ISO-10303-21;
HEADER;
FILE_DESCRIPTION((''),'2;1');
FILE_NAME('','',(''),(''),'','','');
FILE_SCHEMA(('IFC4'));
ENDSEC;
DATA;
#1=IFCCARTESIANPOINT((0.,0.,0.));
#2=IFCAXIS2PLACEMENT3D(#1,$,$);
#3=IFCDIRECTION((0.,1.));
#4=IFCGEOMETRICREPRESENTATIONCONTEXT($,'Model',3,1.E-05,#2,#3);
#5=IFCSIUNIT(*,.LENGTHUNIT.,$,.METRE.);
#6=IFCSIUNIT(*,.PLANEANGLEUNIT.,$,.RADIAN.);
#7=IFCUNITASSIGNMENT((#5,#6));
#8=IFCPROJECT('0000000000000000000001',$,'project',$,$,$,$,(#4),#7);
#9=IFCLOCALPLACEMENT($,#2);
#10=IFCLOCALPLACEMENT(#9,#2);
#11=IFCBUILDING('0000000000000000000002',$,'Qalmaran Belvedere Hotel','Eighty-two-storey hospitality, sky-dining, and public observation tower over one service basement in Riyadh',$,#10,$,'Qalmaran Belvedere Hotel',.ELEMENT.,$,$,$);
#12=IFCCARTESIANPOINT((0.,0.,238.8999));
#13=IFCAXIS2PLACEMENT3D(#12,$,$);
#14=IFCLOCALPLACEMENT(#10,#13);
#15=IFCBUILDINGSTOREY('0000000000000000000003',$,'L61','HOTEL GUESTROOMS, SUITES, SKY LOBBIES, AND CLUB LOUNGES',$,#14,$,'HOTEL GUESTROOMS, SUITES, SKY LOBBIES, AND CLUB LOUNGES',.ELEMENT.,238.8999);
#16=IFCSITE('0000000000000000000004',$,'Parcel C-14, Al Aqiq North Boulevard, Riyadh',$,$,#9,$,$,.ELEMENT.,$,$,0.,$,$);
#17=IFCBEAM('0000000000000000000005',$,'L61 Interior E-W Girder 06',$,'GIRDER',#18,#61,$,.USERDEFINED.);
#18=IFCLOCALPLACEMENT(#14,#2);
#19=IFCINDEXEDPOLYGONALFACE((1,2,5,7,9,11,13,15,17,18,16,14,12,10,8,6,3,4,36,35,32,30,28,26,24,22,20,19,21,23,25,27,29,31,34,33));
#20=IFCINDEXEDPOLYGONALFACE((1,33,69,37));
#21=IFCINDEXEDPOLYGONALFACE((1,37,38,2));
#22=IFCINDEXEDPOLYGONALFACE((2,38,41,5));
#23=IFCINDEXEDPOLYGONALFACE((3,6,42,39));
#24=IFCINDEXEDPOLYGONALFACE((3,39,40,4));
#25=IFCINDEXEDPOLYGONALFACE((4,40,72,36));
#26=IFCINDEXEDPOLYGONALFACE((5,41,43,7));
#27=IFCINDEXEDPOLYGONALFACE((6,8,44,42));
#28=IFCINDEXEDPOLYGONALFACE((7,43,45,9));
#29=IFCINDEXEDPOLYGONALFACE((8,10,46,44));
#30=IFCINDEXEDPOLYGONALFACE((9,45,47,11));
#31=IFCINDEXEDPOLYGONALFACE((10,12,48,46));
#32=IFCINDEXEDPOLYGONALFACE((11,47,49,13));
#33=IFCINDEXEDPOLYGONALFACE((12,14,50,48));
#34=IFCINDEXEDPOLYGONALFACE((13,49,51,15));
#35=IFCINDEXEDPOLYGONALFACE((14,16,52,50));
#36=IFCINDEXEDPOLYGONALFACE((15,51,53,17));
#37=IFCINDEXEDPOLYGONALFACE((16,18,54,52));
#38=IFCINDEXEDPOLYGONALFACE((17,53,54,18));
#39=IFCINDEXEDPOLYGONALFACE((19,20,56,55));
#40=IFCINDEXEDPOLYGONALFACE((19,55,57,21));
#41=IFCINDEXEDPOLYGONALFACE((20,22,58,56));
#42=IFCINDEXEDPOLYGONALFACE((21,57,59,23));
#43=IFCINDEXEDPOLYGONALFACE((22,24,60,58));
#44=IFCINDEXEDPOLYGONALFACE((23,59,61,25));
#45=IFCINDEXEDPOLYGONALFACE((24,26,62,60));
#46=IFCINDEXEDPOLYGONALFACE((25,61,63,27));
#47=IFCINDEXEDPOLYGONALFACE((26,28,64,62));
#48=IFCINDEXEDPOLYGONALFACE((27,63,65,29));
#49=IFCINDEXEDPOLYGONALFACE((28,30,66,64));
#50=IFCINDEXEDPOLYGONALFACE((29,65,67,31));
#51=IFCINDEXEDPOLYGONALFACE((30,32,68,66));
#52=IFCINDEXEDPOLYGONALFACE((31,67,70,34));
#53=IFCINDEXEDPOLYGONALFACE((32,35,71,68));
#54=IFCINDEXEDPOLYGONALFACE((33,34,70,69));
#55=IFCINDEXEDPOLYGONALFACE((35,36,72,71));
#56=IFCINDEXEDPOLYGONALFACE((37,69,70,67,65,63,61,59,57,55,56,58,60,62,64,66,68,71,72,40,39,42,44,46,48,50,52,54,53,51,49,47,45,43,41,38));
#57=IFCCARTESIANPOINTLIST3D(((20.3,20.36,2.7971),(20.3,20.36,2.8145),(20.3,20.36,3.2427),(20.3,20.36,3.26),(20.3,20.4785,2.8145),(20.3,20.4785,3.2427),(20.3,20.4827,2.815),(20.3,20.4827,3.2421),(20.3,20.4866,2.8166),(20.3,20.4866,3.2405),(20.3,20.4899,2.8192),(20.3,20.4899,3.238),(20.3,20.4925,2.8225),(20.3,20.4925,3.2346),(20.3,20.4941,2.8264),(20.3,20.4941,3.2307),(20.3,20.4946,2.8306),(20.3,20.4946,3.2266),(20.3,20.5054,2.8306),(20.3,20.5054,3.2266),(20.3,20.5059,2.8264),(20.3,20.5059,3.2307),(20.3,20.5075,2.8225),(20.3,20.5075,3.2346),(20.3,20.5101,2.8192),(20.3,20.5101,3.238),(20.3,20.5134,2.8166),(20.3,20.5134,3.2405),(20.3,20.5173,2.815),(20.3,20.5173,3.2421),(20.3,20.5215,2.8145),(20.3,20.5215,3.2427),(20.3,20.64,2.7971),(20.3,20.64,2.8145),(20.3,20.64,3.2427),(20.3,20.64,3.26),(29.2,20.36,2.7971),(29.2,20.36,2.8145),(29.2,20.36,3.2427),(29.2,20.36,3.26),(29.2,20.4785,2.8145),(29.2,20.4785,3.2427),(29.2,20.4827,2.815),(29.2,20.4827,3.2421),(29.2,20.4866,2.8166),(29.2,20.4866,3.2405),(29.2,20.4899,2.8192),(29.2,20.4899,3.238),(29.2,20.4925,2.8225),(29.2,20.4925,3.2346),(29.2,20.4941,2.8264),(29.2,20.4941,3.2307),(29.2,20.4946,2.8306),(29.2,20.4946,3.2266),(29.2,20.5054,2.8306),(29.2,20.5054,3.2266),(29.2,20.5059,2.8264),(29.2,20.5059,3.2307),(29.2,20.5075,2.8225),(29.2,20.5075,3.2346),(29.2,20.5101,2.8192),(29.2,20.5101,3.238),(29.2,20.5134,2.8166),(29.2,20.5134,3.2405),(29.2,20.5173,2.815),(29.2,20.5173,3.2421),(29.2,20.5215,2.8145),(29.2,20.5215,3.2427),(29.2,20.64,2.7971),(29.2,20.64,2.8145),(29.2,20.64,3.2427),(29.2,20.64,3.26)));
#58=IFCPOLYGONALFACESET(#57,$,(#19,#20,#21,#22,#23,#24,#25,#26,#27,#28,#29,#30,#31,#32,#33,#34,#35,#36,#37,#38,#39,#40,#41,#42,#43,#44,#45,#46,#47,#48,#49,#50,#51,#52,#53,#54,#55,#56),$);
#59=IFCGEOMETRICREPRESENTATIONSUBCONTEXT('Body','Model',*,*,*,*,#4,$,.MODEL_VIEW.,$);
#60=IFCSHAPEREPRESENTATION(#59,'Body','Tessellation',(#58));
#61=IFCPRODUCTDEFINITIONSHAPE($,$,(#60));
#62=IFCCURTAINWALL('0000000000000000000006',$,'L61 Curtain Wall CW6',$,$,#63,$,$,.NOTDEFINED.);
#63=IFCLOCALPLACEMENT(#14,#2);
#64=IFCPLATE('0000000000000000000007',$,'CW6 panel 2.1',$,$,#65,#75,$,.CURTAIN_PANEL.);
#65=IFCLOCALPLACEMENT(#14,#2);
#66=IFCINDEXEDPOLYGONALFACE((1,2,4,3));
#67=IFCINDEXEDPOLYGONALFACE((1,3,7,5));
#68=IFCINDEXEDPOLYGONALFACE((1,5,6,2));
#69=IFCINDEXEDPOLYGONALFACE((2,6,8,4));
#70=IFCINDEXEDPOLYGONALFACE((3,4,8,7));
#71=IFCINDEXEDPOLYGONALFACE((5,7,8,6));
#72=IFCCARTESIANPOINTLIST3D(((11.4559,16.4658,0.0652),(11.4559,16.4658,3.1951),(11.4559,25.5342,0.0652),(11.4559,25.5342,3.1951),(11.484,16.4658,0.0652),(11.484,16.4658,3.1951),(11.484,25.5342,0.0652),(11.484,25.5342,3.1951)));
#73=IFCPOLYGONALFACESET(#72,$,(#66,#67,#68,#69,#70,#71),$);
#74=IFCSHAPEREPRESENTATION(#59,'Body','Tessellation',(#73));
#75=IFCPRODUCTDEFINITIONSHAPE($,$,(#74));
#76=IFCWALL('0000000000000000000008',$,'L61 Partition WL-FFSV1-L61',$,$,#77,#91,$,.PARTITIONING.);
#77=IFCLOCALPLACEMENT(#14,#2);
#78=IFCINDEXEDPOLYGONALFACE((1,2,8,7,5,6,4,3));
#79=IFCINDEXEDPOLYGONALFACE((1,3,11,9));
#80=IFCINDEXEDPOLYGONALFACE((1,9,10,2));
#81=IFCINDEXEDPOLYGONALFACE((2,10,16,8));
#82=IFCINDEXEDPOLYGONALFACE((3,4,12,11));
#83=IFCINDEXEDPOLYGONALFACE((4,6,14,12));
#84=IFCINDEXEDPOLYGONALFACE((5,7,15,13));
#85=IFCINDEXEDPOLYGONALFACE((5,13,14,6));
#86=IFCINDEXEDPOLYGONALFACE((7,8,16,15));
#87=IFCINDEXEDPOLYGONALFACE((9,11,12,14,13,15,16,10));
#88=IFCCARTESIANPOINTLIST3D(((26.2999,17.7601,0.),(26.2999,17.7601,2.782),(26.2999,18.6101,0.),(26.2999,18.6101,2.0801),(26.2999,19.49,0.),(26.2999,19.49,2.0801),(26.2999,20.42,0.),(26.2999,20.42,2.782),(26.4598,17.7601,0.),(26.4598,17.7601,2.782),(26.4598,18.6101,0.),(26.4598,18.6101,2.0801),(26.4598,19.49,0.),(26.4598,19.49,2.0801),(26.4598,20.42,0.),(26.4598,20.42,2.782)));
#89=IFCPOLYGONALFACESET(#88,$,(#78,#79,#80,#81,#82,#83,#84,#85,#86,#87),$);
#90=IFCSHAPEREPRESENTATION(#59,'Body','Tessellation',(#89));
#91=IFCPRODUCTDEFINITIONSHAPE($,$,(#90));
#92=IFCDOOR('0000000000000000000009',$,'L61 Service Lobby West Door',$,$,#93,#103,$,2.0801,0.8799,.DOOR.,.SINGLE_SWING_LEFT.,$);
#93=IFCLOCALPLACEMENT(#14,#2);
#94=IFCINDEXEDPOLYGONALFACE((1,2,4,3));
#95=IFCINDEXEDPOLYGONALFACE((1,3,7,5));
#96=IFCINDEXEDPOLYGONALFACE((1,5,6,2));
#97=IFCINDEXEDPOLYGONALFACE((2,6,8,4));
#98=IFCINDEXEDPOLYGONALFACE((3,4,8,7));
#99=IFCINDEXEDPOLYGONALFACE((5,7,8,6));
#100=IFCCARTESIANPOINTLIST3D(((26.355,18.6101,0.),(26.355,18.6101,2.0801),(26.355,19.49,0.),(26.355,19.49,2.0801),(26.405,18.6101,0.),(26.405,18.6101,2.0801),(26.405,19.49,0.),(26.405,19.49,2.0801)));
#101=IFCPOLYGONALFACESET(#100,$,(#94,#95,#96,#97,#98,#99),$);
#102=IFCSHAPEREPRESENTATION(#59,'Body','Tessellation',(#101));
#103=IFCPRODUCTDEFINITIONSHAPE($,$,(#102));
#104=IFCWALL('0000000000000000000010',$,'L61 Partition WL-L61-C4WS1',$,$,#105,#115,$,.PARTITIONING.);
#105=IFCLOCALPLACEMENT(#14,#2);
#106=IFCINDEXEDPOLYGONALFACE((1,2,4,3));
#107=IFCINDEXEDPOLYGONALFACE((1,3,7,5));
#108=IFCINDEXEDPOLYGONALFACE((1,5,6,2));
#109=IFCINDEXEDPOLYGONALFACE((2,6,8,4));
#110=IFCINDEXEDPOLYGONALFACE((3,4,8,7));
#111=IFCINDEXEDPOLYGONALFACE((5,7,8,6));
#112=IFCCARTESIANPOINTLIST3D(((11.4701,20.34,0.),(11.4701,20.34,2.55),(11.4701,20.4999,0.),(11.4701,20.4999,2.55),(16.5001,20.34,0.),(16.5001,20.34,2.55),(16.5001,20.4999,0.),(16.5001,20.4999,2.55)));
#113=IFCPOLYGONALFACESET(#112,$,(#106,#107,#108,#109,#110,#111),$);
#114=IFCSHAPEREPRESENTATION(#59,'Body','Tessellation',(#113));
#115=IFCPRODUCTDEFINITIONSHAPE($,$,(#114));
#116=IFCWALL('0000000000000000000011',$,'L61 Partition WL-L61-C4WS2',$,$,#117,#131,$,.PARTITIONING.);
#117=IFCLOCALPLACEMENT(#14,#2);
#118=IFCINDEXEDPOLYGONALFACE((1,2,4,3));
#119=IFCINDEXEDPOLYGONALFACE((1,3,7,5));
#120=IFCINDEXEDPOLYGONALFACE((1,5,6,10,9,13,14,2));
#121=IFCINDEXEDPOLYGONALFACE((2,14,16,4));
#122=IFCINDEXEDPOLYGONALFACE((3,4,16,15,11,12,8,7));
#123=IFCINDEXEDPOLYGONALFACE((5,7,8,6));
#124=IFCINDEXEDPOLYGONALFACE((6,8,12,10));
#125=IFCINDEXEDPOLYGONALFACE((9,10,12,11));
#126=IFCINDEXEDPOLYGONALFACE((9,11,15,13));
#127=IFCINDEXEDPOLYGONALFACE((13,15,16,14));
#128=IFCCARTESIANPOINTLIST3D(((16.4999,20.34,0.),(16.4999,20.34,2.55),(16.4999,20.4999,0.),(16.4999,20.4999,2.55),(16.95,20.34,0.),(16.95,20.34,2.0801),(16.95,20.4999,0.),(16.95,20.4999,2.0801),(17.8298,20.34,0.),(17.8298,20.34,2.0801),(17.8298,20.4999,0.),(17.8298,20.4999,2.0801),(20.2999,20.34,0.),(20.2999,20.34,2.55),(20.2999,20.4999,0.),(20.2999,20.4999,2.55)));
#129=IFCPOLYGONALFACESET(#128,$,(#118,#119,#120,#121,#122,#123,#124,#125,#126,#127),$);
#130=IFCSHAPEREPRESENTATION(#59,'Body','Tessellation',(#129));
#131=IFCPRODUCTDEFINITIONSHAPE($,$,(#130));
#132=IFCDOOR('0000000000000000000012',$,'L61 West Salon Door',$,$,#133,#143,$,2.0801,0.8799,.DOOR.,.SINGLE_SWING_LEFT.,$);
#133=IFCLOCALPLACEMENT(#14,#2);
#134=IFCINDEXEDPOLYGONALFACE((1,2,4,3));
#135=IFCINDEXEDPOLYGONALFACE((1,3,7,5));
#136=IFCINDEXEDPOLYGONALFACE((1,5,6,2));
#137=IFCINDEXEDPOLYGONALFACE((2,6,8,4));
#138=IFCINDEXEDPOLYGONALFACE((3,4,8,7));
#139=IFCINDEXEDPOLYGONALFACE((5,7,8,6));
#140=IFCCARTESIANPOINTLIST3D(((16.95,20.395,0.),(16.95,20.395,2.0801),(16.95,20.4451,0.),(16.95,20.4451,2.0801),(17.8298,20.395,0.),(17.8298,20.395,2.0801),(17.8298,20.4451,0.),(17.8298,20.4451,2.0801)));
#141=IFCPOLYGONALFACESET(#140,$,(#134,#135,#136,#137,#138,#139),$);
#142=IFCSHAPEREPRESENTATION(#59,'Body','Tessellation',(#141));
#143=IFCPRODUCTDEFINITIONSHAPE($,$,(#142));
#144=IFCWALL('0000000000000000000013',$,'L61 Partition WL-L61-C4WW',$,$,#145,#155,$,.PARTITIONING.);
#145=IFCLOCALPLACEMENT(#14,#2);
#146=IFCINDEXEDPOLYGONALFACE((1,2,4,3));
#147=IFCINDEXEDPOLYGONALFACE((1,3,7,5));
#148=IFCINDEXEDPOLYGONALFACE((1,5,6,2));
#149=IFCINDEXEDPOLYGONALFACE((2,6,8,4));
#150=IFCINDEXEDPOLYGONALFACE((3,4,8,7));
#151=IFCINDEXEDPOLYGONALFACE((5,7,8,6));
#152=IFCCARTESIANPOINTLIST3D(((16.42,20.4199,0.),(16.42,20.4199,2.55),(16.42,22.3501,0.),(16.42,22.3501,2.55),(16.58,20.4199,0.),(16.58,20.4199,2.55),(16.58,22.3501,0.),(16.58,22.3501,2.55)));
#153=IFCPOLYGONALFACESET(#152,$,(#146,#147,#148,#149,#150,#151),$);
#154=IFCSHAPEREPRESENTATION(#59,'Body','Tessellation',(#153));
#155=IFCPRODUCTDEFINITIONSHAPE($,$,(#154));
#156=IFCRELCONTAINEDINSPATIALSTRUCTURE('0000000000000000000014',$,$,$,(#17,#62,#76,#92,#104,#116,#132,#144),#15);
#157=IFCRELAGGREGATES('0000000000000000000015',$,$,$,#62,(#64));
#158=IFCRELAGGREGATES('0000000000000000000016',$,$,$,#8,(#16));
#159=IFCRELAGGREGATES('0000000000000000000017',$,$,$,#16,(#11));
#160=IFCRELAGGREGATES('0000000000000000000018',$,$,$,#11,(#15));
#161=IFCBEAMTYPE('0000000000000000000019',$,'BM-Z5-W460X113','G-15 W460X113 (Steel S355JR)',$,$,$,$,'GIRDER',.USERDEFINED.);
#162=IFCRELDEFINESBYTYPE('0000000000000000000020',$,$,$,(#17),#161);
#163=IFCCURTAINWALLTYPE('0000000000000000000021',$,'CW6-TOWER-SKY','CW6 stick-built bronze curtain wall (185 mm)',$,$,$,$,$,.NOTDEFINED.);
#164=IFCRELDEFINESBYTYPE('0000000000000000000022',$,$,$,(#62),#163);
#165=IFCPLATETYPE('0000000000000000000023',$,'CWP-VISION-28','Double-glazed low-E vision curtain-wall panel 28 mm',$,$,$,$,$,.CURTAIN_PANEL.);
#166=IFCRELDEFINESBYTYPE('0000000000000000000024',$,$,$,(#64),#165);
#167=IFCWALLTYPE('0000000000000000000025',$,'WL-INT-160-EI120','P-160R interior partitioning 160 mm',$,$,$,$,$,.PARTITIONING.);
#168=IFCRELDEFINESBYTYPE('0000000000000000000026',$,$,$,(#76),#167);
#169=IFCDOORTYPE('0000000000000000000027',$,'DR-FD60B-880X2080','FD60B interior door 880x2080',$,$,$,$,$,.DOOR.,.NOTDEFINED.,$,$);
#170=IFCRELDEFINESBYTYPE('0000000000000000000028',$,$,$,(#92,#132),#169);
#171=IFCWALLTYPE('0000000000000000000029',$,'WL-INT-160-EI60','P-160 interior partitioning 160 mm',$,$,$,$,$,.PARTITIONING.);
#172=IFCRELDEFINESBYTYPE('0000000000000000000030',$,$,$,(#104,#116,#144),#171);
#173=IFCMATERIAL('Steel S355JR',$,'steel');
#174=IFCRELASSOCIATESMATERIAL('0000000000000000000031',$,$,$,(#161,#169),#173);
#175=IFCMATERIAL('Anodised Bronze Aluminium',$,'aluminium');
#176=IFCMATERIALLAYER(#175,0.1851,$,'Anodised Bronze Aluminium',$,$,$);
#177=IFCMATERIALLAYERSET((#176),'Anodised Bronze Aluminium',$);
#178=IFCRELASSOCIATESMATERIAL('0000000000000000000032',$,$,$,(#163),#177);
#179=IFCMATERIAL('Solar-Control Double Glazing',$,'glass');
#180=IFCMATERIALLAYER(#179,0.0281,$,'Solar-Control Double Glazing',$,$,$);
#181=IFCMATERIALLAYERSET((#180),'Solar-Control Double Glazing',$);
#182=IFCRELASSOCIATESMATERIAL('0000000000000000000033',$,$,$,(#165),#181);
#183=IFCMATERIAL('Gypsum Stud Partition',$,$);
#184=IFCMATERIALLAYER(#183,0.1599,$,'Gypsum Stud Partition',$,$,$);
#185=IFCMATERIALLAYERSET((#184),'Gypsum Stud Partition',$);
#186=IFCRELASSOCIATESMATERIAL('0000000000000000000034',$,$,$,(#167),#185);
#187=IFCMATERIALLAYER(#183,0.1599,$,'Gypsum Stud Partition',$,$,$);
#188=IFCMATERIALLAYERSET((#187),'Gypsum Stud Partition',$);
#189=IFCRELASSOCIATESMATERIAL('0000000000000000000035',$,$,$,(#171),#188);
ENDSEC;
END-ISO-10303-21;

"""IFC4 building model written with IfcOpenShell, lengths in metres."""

from ifc_helpers import new_model, si_unit, direction, frame, frame_2d, origin, origin_2d, place, context, subcontext, project, spatial, rectangle, i_section, extrude, material, layer, layer_set, material_profile, profile_set, type_object, element, fill, aggregate, save


model = new_model("IFC4")

# Units and contexts
model_context = context("Model", 3, precision=1e-05, world=origin(), true_north=direction((0.0, 1.0)))
body_context = subcontext(model_context, "Body", "Model", "MODEL_VIEW")
ifc_project = project(units=[si_unit("LENGTHUNIT", "METRE"), si_unit("PLANEANGLEUNIT", "RADIAN")], contexts=[model_context])

# Site, building, storey
site_placement = place(None, origin())
site = spatial("IfcSite", under=ifc_project, at=site_placement, Name="Parcel C-14, Al Aqiq North Boulevard, Riyadh", CompositionType="ELEMENT", RefElevation=0.0)
building_placement = place(site_placement, origin())
building = spatial("IfcBuilding", under=site, at=building_placement, Name="Qalmaran Belvedere Hotel", Description="Eighty-two-storey hospitality, sky-dining, and public observation tower over one service basement in Riyadh", LongName="Qalmaran Belvedere Hotel", CompositionType="ELEMENT")
storey_placement = place(building_placement, frame((0.0, 0.0, 238.8999)))
storey = spatial("IfcBuildingStorey", under=building, at=storey_placement, Name="L61", Description="HOTEL GUESTROOMS, SUITES, SKY LOBBIES, AND CLUB LOUNGES", LongName="HOTEL GUESTROOMS, SUITES, SKY LOBBIES, AND CLUB LOUNGES", CompositionType="ELEMENT", Elevation=238.8999)

# Beam
ifc_material_1 = material(Name="Steel S355JR", Category="steel")
ifc_material_profile_1 = material_profile(ifc_material_1, i_section(OverallWidth=0.28, OverallDepth=0.4629, WebThickness=0.0107, FlangeThickness=0.0173, FilletRadius=0.0161, at=origin_2d()), Name="W460X113")
ifc_profile_set_1 = profile_set([ifc_material_profile_1], Name="Steel S355JR")
beam_type_1 = type_object("IfcBeamType", Name="BM-Z5-W460X113", Description="G-15 W460X113 (Steel S355JR)", ElementType="GIRDER", PredefinedType="USERDEFINED", material=ifc_profile_set_1)
beam_1_placement = place(storey_placement, frame((20.3, 20.5, 3.0286), z_axis=(1.0, 0.0, 0.0), x_axis=(0.0, 1.0, 0.0)))
element("IfcBeam", 1, at=beam_1_placement, inside=storey, type_object=beam_type_1, Name="L61 Interior E-W Girder 06", ObjectType="GIRDER", PredefinedType="USERDEFINED", context=body_context, shape_type="SweptSolid", body=[
    extrude(i_section(OverallWidth=0.28, OverallDepth=0.4629, WebThickness=0.0107, FlangeThickness=0.0173, FilletRadius=0.0161, at=origin_2d()), origin(), (0.0, 0.0, 1.0), 8.8999),
])

# Curtain wall, plate
ifc_material_2 = material(Name="Anodised Bronze Aluminium", Category="aluminium")
ifc_layer_1 = layer(ifc_material_2, 0.1851, Name="Anodised Bronze Aluminium")
ifc_layer_set_1 = layer_set([ifc_layer_1], Name="Anodised Bronze Aluminium")
curtain_wall_type = type_object("IfcCurtainWallType", Name="CW6-TOWER-SKY", Description="CW6 stick-built bronze curtain wall (185 mm)", PredefinedType="NOTDEFINED", material=ifc_layer_set_1)
curtain_wall_placement = place(storey_placement, origin())
curtain_wall = element("IfcCurtainWall", 2, at=curtain_wall_placement, inside=storey, type_object=curtain_wall_type, Name="L61 Curtain Wall CW6", PredefinedType="NOTDEFINED")
ifc_material_3 = material(Name="Solar-Control Double Glazing", Category="glass")
ifc_layer_2 = layer(ifc_material_3, 0.0281, Name="Solar-Control Double Glazing")
ifc_layer_set_2 = layer_set([ifc_layer_2], Name="Solar-Control Double Glazing")
plate_type = type_object("IfcPlateType", Name="CWP-VISION-28", Description="Double-glazed low-E vision curtain-wall panel 28 mm", PredefinedType="CURTAIN_PANEL", material=ifc_layer_set_2)
plate_placement = place(storey_placement, frame((11.47, 21.0, 0.0652), z_axis=(0.0, 0.0, 1.0), x_axis=(0.0, -1.0, 0.0)))
plate = element("IfcPlate", 3, at=plate_placement, type_object=plate_type, Name="CW6 panel 2.1", PredefinedType="CURTAIN_PANEL", context=body_context, shape_type="SweptSolid", body=[
    extrude(rectangle(XDim=9.0684, YDim=0.0281, at=origin_2d()), origin(), (0.0, 0.0, 1.0), 3.1299),
])
aggregate(curtain_wall, [plate])

# Wall, opening, door
ifc_material_4 = material(Name="Gypsum Stud Partition")
ifc_layer_3 = layer(ifc_material_4, 0.1599, Name="Gypsum Stud Partition")
ifc_layer_set_3 = layer_set([ifc_layer_3], Name="Gypsum Stud Partition")
wall_type_1 = type_object("IfcWallType", Name="WL-INT-160-EI120", Description="P-160R interior partitioning 160 mm", PredefinedType="PARTITIONING", material=ifc_layer_set_3)
wall_1_placement = place(storey_placement, frame((26.3799, 17.76, 0.0), z_axis=(0.0, 0.0, 1.0), x_axis=(0.0, 1.0, 0.0)))
wall_1 = element("IfcWall", 4, at=wall_1_placement, inside=storey, type_object=wall_type_1, Name="L61 Partition WL-FFSV1-L61", PredefinedType="PARTITIONING", context=body_context, shape_type="SweptSolid", body=[
    extrude(rectangle(XDim=2.6599, YDim=0.1599, at=frame_2d((1.3301, 0.0))), origin(), (0.0, 0.0, 1.0), 2.782),
])
opening_1_placement = place(wall_1_placement, frame((0.8501, 0.0, 0.0)))
opening_1 = element("IfcOpeningElement", 5, at=opening_1_placement, cuts=wall_1, PredefinedType="OPENING", context=body_context, shape_type="SweptSolid", body=[
    extrude(rectangle(XDim=0.8799, YDim=2.0801, at=frame_2d((0.4399, 1.04))), frame((0.0, 0.0898, 0.0), z_axis=(0.0, -1.0, 0.0), x_axis=(1.0, 0.0, 0.0)), (0.0, 0.0, 1.0), 0.1799),
])
door_type_1 = type_object("IfcDoorType", Name="DR-FD60B-880X2080", Description="FD60B interior door 880x2080", OperationType="NOTDEFINED", PredefinedType="DOOR", material=ifc_material_1)
door_1_placement = place(opening_1_placement, origin())
door_1 = element("IfcDoor", 6, at=door_1_placement, inside=storey, type_object=door_type_1, Name="L61 Service Lobby West Door", OperationType="SINGLE_SWING_LEFT", OverallHeight=2.0801, OverallWidth=0.8799, PredefinedType="DOOR", context=body_context, shape_type="SweptSolid", body=[
    extrude(rectangle(XDim=0.8799, YDim=2.0801, at=frame_2d((0.4399, 1.04))), frame((0.0, 0.0249, 0.0), z_axis=(0.0, -1.0, 0.0), x_axis=(1.0, 0.0, 0.0)), (0.0, 0.0, 1.0), 0.05),
])
fill(opening_1, door_1)

# Wall
ifc_layer_4 = layer(ifc_material_4, 0.1599, Name="Gypsum Stud Partition")
ifc_layer_set_4 = layer_set([ifc_layer_4], Name="Gypsum Stud Partition")
wall_type_2 = type_object("IfcWallType", Name="WL-INT-160-EI60", Description="P-160 interior partitioning 160 mm", PredefinedType="PARTITIONING", material=ifc_layer_set_4)
wall_2_placement = place(storey_placement, frame((11.47, 20.4199, 0.0), z_axis=(0.0, 0.0, 1.0), x_axis=(1.0, 0.0, 0.0)))
element("IfcWall", 7, at=wall_2_placement, inside=storey, type_object=wall_type_2, Name="L61 Partition WL-L61-C4WS1", PredefinedType="PARTITIONING", context=body_context, shape_type="SweptSolid", body=[
    extrude(rectangle(XDim=5.03, YDim=0.1599, at=frame_2d((2.5151, 0.0))), origin(), (0.0, 0.0, 1.0), 2.55),
])

# Wall, opening, door
wall_3_placement = place(storey_placement, frame((16.5, 20.4199, 0.0), z_axis=(0.0, 0.0, 1.0), x_axis=(1.0, 0.0, 0.0)))
wall_3 = element("IfcWall", 8, at=wall_3_placement, inside=storey, type_object=wall_type_2, Name="L61 Partition WL-L61-C4WS2", PredefinedType="PARTITIONING", context=body_context, shape_type="SweptSolid", body=[
    extrude(rectangle(XDim=3.8, YDim=0.1599, at=frame_2d((1.8999, 0.0))), origin(), (0.0, 0.0, 1.0), 2.55),
])
opening_2_placement = place(wall_3_placement, frame((1.3298, 0.0, 0.0), z_axis=(0.0, 0.0, 1.0), x_axis=(-1.0, 0.0, 0.0)))
opening_2 = element("IfcOpeningElement", 9, at=opening_2_placement, cuts=wall_3, PredefinedType="OPENING", context=body_context, shape_type="SweptSolid", body=[
    extrude(rectangle(XDim=0.8799, YDim=2.0801, at=frame_2d((0.4399, 1.04))), frame((0.0, 0.0898, 0.0), z_axis=(0.0, -1.0, 0.0), x_axis=(1.0, 0.0, 0.0)), (0.0, 0.0, 1.0), 0.1799),
])
door_2_placement = place(opening_2_placement, origin())
door_2 = element("IfcDoor", 10, at=door_2_placement, inside=storey, type_object=door_type_1, Name="L61 West Salon Door", OperationType="SINGLE_SWING_LEFT", OverallHeight=2.0801, OverallWidth=0.8799, PredefinedType="DOOR", context=body_context, shape_type="SweptSolid", body=[
    extrude(rectangle(XDim=0.8799, YDim=2.0801, at=frame_2d((0.4399, 1.04))), frame((0.0, 0.0249, 0.0), z_axis=(0.0, -1.0, 0.0), x_axis=(1.0, 0.0, 0.0)), (0.0, 0.0, 1.0), 0.05),
])
fill(opening_2, door_2)

# Wall
wall_4_placement = place(storey_placement, frame((16.5, 20.4199, 0.0), z_axis=(0.0, 0.0, 1.0), x_axis=(0.0, 1.0, 0.0)))
element("IfcWall", 11, at=wall_4_placement, inside=storey, type_object=wall_type_2, Name="L61 Partition WL-L61-C4WW", PredefinedType="PARTITIONING", context=body_context, shape_type="SweptSolid", body=[
    extrude(rectangle(XDim=1.9302, YDim=0.1599, at=frame_2d((0.9651, 0.0))), origin(), (0.0, 0.0, 1.0), 2.55),
])

save(model, "model.ifc")
